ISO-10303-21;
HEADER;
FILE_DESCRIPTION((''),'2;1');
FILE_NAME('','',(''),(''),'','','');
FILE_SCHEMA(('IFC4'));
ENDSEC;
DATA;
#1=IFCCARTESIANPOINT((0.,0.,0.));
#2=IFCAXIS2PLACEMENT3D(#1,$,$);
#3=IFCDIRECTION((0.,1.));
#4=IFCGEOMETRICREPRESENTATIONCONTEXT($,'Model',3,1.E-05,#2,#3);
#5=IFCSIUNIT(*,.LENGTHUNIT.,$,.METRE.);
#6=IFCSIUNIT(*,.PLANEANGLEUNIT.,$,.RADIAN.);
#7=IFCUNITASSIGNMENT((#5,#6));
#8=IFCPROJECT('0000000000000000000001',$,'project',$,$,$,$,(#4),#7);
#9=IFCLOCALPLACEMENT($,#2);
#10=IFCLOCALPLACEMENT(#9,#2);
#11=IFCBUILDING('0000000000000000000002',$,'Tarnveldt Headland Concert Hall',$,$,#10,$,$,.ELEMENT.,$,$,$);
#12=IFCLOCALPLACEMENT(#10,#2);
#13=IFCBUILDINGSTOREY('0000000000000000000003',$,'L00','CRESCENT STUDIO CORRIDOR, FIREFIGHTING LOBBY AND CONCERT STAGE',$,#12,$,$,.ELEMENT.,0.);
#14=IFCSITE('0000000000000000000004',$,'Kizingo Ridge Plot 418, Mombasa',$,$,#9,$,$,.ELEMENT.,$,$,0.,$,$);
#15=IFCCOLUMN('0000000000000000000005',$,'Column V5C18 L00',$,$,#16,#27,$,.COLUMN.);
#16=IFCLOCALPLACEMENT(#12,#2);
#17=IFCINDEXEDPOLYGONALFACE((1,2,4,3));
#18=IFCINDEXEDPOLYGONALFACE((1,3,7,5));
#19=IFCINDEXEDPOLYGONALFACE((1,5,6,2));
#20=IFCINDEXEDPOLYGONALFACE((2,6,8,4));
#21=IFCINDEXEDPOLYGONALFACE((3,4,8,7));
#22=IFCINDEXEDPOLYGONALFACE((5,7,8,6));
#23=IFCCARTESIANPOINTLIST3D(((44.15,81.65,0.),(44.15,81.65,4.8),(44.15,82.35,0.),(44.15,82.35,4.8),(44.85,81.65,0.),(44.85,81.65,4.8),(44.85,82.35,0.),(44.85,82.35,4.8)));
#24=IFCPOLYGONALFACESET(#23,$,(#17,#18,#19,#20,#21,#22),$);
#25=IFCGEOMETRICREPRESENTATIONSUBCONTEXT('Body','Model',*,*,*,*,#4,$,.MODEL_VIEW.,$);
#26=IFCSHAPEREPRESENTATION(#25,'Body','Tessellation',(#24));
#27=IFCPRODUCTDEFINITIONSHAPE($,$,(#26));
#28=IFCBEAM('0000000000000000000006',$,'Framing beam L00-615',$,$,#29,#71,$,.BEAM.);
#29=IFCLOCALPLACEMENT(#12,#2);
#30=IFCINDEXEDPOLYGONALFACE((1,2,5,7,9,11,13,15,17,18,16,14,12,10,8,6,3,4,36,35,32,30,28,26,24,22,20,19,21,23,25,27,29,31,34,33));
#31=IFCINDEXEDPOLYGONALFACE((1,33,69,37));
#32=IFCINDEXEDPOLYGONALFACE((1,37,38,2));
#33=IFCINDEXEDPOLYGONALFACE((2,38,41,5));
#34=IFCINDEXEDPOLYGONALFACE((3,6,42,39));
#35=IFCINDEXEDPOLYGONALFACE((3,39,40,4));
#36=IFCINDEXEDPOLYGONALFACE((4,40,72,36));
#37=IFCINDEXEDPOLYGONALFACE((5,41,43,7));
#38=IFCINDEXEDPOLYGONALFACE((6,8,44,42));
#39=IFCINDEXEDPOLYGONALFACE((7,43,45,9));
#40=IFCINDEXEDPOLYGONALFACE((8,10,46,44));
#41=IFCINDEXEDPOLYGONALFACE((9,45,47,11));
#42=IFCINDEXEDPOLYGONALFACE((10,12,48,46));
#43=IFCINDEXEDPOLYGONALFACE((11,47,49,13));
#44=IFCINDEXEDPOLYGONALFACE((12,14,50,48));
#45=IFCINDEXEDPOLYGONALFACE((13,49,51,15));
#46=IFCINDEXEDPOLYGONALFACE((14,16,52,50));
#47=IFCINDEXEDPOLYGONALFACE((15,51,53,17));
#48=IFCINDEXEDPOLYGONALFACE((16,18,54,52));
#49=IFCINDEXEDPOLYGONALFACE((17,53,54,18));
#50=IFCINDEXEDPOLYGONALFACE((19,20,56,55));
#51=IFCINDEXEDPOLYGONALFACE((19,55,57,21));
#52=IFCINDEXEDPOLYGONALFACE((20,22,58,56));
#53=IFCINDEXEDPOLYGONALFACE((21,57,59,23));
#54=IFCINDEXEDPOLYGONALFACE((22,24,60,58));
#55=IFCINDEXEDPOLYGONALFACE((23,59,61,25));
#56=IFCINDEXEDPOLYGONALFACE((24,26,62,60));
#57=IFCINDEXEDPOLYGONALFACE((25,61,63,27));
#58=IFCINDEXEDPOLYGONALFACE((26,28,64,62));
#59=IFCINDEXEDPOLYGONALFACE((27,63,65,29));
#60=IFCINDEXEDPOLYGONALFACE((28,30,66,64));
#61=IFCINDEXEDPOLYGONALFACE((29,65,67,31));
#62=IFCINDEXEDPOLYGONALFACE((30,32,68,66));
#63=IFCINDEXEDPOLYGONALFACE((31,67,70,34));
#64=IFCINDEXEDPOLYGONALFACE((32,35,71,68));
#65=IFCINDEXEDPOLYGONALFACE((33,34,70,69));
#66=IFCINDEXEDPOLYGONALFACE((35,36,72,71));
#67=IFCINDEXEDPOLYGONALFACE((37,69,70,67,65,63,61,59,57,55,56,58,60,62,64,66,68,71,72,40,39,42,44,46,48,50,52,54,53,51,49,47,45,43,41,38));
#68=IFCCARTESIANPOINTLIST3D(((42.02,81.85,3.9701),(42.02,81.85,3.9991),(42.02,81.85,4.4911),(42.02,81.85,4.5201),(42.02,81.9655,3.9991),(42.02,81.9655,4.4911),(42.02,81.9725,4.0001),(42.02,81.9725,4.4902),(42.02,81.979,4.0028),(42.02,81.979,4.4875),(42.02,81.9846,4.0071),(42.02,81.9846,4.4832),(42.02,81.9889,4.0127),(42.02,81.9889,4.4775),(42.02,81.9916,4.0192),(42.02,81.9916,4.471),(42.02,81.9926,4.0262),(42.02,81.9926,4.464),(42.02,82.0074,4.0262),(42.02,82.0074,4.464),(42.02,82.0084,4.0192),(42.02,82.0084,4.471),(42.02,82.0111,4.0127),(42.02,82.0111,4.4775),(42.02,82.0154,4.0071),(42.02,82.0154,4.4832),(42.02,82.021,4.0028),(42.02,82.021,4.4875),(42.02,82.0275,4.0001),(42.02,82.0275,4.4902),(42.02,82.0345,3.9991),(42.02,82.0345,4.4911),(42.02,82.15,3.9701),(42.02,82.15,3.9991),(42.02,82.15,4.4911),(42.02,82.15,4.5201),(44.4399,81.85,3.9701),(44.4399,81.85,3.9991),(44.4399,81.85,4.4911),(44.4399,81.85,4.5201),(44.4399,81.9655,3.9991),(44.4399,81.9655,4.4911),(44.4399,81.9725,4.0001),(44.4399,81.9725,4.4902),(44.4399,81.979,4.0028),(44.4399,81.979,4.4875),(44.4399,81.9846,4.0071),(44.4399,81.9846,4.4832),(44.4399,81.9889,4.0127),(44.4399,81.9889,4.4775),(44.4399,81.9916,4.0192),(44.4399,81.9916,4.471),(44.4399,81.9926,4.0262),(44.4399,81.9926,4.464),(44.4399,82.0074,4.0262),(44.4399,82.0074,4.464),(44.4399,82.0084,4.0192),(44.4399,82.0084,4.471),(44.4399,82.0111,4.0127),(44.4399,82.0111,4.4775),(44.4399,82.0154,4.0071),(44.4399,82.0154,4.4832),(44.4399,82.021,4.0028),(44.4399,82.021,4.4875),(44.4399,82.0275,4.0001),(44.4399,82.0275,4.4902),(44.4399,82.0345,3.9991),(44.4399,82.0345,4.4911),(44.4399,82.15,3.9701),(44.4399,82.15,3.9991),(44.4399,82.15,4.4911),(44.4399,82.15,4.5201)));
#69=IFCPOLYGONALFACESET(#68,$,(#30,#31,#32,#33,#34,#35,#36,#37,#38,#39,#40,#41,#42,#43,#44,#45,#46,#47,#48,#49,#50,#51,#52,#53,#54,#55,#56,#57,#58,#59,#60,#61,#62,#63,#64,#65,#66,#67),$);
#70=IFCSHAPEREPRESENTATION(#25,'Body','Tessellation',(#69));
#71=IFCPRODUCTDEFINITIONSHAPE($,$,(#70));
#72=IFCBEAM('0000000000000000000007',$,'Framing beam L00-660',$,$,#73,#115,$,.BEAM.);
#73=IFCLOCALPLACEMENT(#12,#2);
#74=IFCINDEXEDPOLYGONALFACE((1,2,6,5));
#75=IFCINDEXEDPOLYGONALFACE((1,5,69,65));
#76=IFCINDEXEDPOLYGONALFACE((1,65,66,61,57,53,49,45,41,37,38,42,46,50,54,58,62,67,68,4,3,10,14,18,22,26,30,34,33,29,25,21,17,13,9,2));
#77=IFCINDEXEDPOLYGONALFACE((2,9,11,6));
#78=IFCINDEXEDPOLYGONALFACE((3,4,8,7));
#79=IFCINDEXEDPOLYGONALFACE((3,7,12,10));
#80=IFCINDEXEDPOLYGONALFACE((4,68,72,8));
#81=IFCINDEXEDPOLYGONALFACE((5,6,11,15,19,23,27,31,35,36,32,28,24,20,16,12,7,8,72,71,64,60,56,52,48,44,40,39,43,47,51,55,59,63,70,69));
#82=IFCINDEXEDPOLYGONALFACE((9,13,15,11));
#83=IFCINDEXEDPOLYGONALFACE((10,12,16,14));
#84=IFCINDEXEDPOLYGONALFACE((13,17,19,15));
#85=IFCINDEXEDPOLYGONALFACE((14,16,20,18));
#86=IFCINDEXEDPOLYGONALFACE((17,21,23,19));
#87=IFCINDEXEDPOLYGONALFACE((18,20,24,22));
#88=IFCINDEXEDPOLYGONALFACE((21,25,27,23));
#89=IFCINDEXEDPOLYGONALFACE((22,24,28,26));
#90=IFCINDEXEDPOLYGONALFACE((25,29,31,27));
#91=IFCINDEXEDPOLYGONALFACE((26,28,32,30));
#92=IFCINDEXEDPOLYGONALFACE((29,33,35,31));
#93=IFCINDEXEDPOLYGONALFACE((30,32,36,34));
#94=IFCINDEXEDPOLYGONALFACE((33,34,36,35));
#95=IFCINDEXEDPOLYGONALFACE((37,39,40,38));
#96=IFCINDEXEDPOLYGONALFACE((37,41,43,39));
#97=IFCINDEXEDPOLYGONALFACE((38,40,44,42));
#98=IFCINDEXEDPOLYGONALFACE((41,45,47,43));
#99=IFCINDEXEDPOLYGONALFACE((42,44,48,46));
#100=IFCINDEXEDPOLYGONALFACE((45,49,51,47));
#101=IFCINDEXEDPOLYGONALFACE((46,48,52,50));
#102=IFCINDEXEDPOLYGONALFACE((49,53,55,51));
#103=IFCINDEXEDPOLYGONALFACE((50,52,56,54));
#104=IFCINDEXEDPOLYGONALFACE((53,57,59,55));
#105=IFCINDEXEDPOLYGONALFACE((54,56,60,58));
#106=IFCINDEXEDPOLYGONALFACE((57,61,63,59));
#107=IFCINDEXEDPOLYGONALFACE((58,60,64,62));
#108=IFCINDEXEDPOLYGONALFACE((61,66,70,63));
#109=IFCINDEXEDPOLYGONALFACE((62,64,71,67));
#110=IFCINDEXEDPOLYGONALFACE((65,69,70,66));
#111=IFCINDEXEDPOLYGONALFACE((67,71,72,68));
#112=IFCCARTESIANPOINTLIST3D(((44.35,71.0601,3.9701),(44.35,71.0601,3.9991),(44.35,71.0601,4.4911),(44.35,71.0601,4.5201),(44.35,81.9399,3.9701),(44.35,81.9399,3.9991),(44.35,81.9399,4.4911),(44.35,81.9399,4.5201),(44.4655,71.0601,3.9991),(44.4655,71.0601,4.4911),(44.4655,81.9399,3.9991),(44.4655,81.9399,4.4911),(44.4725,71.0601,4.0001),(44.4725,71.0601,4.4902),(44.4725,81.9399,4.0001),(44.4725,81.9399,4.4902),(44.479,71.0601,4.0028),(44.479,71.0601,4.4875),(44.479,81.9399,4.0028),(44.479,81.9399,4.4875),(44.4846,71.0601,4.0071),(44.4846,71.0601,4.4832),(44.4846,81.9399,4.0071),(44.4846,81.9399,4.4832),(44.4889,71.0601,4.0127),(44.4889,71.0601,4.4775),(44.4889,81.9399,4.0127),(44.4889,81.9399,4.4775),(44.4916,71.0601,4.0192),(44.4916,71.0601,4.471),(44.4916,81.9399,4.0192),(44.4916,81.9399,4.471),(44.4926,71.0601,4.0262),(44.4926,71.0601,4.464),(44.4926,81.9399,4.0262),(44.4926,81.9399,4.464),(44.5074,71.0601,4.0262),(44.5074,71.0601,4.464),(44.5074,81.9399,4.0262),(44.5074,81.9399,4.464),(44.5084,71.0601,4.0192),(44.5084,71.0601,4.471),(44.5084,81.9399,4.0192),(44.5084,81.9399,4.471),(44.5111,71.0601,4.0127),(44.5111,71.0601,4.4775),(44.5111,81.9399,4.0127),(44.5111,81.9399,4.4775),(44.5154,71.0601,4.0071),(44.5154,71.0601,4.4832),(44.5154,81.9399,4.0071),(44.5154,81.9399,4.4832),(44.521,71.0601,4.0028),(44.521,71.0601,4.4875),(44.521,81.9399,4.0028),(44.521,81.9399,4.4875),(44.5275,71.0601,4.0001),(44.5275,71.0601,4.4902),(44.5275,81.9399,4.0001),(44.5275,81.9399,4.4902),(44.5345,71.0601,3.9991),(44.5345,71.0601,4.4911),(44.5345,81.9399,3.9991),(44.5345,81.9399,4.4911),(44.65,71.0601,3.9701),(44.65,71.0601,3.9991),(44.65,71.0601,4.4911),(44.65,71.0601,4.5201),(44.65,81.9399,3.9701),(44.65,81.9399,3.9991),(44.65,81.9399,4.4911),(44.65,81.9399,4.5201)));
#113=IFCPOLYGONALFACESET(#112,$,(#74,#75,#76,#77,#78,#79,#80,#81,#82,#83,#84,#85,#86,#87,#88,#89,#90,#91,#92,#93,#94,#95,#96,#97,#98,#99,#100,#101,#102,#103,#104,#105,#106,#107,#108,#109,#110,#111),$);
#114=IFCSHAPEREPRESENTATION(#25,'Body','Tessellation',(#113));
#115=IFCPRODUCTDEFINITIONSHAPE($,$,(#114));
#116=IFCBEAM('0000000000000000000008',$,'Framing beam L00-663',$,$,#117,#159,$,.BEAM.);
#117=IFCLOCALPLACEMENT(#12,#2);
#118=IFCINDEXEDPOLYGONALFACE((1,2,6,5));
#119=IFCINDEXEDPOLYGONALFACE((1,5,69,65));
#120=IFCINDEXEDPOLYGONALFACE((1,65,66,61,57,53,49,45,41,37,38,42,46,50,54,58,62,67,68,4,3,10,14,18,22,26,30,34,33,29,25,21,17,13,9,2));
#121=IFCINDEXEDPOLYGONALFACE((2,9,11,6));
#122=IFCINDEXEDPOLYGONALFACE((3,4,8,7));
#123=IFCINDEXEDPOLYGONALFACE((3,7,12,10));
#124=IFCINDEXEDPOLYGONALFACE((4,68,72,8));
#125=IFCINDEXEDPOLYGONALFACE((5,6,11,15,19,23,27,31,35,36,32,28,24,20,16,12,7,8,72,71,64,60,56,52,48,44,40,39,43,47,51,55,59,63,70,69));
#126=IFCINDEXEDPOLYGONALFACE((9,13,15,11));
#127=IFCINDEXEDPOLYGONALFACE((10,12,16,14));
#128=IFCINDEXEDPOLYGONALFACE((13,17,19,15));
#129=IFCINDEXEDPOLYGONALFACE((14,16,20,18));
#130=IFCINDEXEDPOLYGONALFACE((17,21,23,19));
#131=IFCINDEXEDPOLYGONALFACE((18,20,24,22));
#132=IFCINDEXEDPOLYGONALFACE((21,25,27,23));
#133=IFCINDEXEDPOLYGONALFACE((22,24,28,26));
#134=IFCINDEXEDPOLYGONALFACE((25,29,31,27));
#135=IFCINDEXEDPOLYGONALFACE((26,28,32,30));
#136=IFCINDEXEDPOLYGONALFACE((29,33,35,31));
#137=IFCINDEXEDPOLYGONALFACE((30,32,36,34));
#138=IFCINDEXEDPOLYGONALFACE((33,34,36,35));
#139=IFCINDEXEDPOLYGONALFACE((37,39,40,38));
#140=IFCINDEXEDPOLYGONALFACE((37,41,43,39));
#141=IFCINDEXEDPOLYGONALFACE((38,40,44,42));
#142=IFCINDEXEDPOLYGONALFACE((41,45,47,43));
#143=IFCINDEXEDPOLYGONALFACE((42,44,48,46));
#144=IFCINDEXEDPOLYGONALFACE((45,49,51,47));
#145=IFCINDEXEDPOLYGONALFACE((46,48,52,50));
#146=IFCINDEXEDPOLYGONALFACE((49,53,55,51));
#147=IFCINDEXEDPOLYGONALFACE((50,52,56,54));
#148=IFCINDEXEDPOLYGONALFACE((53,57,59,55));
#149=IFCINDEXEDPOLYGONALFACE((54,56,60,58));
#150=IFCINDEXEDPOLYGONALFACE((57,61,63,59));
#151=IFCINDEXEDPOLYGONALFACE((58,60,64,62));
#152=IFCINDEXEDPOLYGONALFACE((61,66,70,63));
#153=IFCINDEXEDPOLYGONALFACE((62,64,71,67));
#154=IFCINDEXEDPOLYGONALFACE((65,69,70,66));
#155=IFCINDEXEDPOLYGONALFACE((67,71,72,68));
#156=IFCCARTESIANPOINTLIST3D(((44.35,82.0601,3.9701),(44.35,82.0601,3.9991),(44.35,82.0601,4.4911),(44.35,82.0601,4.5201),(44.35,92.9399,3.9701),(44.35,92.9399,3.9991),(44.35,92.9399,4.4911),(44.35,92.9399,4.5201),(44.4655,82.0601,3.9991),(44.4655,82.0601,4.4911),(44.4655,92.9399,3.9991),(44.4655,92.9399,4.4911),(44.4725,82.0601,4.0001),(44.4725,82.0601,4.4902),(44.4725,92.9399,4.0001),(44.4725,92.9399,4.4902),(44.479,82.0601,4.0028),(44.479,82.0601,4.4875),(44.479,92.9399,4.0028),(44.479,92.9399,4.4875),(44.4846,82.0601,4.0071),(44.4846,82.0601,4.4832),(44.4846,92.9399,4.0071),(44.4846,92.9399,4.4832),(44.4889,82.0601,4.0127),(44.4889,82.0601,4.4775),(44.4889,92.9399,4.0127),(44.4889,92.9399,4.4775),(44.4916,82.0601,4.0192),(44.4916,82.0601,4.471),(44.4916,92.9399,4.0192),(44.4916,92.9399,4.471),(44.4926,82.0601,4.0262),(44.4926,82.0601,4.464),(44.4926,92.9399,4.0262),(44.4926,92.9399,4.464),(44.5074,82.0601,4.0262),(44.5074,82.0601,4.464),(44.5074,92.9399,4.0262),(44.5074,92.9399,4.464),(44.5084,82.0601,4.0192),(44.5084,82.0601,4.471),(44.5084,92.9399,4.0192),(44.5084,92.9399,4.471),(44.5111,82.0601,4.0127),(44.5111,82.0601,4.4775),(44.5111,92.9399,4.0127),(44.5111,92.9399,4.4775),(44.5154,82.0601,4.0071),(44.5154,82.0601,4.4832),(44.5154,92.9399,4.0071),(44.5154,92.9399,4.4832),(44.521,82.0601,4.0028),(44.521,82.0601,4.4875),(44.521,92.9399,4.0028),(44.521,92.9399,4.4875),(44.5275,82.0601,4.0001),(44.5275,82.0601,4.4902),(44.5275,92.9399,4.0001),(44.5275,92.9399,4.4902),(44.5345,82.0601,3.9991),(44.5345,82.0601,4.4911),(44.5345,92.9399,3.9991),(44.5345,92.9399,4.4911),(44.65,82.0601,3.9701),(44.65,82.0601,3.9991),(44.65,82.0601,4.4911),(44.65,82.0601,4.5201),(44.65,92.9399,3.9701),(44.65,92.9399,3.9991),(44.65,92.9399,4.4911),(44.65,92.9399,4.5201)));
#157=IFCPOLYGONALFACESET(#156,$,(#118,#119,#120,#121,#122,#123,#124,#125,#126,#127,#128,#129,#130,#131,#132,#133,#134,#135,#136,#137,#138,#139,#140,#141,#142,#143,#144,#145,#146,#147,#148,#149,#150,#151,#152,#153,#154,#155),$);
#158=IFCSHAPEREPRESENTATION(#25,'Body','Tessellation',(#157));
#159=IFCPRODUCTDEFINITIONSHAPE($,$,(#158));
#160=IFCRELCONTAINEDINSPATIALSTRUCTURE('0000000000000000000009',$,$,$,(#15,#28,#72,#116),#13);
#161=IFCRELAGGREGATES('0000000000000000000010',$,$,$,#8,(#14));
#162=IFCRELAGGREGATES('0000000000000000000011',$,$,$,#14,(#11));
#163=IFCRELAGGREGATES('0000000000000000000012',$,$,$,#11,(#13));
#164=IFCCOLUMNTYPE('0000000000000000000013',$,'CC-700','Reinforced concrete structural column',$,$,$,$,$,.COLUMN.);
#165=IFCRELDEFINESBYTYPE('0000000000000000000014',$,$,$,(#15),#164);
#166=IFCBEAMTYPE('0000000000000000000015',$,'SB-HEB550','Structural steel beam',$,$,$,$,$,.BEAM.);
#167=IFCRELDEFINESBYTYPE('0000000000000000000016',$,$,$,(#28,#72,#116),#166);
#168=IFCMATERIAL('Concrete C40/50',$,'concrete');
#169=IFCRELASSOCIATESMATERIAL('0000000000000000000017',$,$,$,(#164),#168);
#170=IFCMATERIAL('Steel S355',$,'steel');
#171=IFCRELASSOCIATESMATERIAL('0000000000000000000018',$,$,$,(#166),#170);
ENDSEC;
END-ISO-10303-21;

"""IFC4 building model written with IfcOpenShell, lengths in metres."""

from ifc_helpers import new_model, si_unit, direction, frame, origin, origin_2d, place, context, subcontext, project, spatial, rectangle, i_section, extrude, material, material_profile, profile_set, type_object, element, save


model = new_model("IFC4")

# Units and contexts
model_context = context("Model", 3, precision=1e-05, world=origin(), true_north=direction((0.0, 1.0)))
body_context = subcontext(model_context, "Body", "Model", "MODEL_VIEW")
ifc_project = project(units=[si_unit("LENGTHUNIT", "METRE"), si_unit("PLANEANGLEUNIT", "RADIAN")], contexts=[model_context])

# Site, building, storey
site_placement = place(None, origin())
site = spatial("IfcSite", under=ifc_project, at=site_placement, Name="Kizingo Ridge Plot 418, Mombasa", CompositionType="ELEMENT", RefElevation=0.0)
building_placement = place(site_placement, origin())
building = spatial("IfcBuilding", under=site, at=building_placement, Name="Tarnveldt Headland Concert Hall", CompositionType="ELEMENT")
storey_placement = place(building_placement, origin())
storey = spatial("IfcBuildingStorey", under=building, at=storey_placement, Name="L00", Description="CRESCENT STUDIO CORRIDOR, FIREFIGHTING LOBBY AND CONCERT STAGE", CompositionType="ELEMENT", Elevation=0.0)

# Column
ifc_material_1 = material(Name="Concrete C40/50", Category="concrete")
ifc_material_profile_1 = material_profile(ifc_material_1, rectangle(XDim=0.7, YDim=0.7, at=origin_2d()), Name="RC 700x700", Category="concrete")
ifc_profile_set_1 = profile_set([ifc_material_profile_1], Name="Concrete C40/50")
column_type = type_object("IfcColumnType", Name="CC-700", Description="Reinforced concrete structural column", PredefinedType="COLUMN", material=ifc_profile_set_1)
column_placement = place(storey_placement, frame((44.5, 82.0, 0.0), z_axis=(0.0, 0.0, 1.0), x_axis=(1.0, 0.0, 0.0)))
element("IfcColumn", 1, at=column_placement, inside=storey, type_object=column_type, Name="Column V5C18 L00", PredefinedType="COLUMN", context=body_context, shape_type="SweptSolid", body=[
    extrude(rectangle(XDim=0.7, YDim=0.7, at=origin_2d()), origin(), (0.0, 0.0, 1.0), 4.8),
])

# Beams
ifc_material_2 = material(Name="Steel S355", Category="steel")
ifc_material_profile_2 = material_profile(ifc_material_2, i_section(OverallWidth=0.3, OverallDepth=0.55, WebThickness=0.0149, FlangeThickness=0.0291, FilletRadius=0.0271, at=origin_2d()), Name="HEB550", Category="steel")
ifc_profile_set_2 = profile_set([ifc_material_profile_2], Name="Steel S355")
beam_type_1 = type_object("IfcBeamType", Name="SB-HEB550", Description="Structural steel beam", PredefinedType="BEAM", material=ifc_profile_set_2)
beam_1_placement = place(storey_placement, frame((42.02, 82.0, 4.2451), z_axis=(1.0, 0.0, 0.0), x_axis=(0.0, 1.0, 0.0)))
element("IfcBeam", 2, at=beam_1_placement, inside=storey, type_object=beam_type_1, Name="Framing beam L00-615", PredefinedType="BEAM", context=body_context, shape_type="SweptSolid", body=[
    extrude(i_section(OverallWidth=0.3, OverallDepth=0.55, WebThickness=0.0149, FlangeThickness=0.0291, FilletRadius=0.0271, at=origin_2d()), origin(), (0.0, 0.0, 1.0), 2.4199),
])
for number, where, z_axis, x_axis, name in (
    (3, (44.5, 71.0601, 4.2451), (0.0, 1.0, 0.0), (-1.0, 0.0, 0.0), "Framing beam L00-660"),
    (4, (44.5, 82.0601, 4.2451), (0.0, 1.0, 0.0), (-1.0, 0.0, 0.0), "Framing beam L00-663"),
):
    element("IfcBeam", number, at=place(storey_placement, frame(where, z_axis=z_axis, x_axis=x_axis)), inside=storey, type_object=beam_type_1, Name=name, PredefinedType="BEAM", context=body_context, shape_type="SweptSolid", body=[
        extrude(i_section(OverallWidth=0.3, OverallDepth=0.55, WebThickness=0.0149, FlangeThickness=0.0291, FilletRadius=0.0271, at=origin_2d()), origin(), (0.0, 0.0, 1.0), 10.8799),
    ])

save(model, "model.ifc")
